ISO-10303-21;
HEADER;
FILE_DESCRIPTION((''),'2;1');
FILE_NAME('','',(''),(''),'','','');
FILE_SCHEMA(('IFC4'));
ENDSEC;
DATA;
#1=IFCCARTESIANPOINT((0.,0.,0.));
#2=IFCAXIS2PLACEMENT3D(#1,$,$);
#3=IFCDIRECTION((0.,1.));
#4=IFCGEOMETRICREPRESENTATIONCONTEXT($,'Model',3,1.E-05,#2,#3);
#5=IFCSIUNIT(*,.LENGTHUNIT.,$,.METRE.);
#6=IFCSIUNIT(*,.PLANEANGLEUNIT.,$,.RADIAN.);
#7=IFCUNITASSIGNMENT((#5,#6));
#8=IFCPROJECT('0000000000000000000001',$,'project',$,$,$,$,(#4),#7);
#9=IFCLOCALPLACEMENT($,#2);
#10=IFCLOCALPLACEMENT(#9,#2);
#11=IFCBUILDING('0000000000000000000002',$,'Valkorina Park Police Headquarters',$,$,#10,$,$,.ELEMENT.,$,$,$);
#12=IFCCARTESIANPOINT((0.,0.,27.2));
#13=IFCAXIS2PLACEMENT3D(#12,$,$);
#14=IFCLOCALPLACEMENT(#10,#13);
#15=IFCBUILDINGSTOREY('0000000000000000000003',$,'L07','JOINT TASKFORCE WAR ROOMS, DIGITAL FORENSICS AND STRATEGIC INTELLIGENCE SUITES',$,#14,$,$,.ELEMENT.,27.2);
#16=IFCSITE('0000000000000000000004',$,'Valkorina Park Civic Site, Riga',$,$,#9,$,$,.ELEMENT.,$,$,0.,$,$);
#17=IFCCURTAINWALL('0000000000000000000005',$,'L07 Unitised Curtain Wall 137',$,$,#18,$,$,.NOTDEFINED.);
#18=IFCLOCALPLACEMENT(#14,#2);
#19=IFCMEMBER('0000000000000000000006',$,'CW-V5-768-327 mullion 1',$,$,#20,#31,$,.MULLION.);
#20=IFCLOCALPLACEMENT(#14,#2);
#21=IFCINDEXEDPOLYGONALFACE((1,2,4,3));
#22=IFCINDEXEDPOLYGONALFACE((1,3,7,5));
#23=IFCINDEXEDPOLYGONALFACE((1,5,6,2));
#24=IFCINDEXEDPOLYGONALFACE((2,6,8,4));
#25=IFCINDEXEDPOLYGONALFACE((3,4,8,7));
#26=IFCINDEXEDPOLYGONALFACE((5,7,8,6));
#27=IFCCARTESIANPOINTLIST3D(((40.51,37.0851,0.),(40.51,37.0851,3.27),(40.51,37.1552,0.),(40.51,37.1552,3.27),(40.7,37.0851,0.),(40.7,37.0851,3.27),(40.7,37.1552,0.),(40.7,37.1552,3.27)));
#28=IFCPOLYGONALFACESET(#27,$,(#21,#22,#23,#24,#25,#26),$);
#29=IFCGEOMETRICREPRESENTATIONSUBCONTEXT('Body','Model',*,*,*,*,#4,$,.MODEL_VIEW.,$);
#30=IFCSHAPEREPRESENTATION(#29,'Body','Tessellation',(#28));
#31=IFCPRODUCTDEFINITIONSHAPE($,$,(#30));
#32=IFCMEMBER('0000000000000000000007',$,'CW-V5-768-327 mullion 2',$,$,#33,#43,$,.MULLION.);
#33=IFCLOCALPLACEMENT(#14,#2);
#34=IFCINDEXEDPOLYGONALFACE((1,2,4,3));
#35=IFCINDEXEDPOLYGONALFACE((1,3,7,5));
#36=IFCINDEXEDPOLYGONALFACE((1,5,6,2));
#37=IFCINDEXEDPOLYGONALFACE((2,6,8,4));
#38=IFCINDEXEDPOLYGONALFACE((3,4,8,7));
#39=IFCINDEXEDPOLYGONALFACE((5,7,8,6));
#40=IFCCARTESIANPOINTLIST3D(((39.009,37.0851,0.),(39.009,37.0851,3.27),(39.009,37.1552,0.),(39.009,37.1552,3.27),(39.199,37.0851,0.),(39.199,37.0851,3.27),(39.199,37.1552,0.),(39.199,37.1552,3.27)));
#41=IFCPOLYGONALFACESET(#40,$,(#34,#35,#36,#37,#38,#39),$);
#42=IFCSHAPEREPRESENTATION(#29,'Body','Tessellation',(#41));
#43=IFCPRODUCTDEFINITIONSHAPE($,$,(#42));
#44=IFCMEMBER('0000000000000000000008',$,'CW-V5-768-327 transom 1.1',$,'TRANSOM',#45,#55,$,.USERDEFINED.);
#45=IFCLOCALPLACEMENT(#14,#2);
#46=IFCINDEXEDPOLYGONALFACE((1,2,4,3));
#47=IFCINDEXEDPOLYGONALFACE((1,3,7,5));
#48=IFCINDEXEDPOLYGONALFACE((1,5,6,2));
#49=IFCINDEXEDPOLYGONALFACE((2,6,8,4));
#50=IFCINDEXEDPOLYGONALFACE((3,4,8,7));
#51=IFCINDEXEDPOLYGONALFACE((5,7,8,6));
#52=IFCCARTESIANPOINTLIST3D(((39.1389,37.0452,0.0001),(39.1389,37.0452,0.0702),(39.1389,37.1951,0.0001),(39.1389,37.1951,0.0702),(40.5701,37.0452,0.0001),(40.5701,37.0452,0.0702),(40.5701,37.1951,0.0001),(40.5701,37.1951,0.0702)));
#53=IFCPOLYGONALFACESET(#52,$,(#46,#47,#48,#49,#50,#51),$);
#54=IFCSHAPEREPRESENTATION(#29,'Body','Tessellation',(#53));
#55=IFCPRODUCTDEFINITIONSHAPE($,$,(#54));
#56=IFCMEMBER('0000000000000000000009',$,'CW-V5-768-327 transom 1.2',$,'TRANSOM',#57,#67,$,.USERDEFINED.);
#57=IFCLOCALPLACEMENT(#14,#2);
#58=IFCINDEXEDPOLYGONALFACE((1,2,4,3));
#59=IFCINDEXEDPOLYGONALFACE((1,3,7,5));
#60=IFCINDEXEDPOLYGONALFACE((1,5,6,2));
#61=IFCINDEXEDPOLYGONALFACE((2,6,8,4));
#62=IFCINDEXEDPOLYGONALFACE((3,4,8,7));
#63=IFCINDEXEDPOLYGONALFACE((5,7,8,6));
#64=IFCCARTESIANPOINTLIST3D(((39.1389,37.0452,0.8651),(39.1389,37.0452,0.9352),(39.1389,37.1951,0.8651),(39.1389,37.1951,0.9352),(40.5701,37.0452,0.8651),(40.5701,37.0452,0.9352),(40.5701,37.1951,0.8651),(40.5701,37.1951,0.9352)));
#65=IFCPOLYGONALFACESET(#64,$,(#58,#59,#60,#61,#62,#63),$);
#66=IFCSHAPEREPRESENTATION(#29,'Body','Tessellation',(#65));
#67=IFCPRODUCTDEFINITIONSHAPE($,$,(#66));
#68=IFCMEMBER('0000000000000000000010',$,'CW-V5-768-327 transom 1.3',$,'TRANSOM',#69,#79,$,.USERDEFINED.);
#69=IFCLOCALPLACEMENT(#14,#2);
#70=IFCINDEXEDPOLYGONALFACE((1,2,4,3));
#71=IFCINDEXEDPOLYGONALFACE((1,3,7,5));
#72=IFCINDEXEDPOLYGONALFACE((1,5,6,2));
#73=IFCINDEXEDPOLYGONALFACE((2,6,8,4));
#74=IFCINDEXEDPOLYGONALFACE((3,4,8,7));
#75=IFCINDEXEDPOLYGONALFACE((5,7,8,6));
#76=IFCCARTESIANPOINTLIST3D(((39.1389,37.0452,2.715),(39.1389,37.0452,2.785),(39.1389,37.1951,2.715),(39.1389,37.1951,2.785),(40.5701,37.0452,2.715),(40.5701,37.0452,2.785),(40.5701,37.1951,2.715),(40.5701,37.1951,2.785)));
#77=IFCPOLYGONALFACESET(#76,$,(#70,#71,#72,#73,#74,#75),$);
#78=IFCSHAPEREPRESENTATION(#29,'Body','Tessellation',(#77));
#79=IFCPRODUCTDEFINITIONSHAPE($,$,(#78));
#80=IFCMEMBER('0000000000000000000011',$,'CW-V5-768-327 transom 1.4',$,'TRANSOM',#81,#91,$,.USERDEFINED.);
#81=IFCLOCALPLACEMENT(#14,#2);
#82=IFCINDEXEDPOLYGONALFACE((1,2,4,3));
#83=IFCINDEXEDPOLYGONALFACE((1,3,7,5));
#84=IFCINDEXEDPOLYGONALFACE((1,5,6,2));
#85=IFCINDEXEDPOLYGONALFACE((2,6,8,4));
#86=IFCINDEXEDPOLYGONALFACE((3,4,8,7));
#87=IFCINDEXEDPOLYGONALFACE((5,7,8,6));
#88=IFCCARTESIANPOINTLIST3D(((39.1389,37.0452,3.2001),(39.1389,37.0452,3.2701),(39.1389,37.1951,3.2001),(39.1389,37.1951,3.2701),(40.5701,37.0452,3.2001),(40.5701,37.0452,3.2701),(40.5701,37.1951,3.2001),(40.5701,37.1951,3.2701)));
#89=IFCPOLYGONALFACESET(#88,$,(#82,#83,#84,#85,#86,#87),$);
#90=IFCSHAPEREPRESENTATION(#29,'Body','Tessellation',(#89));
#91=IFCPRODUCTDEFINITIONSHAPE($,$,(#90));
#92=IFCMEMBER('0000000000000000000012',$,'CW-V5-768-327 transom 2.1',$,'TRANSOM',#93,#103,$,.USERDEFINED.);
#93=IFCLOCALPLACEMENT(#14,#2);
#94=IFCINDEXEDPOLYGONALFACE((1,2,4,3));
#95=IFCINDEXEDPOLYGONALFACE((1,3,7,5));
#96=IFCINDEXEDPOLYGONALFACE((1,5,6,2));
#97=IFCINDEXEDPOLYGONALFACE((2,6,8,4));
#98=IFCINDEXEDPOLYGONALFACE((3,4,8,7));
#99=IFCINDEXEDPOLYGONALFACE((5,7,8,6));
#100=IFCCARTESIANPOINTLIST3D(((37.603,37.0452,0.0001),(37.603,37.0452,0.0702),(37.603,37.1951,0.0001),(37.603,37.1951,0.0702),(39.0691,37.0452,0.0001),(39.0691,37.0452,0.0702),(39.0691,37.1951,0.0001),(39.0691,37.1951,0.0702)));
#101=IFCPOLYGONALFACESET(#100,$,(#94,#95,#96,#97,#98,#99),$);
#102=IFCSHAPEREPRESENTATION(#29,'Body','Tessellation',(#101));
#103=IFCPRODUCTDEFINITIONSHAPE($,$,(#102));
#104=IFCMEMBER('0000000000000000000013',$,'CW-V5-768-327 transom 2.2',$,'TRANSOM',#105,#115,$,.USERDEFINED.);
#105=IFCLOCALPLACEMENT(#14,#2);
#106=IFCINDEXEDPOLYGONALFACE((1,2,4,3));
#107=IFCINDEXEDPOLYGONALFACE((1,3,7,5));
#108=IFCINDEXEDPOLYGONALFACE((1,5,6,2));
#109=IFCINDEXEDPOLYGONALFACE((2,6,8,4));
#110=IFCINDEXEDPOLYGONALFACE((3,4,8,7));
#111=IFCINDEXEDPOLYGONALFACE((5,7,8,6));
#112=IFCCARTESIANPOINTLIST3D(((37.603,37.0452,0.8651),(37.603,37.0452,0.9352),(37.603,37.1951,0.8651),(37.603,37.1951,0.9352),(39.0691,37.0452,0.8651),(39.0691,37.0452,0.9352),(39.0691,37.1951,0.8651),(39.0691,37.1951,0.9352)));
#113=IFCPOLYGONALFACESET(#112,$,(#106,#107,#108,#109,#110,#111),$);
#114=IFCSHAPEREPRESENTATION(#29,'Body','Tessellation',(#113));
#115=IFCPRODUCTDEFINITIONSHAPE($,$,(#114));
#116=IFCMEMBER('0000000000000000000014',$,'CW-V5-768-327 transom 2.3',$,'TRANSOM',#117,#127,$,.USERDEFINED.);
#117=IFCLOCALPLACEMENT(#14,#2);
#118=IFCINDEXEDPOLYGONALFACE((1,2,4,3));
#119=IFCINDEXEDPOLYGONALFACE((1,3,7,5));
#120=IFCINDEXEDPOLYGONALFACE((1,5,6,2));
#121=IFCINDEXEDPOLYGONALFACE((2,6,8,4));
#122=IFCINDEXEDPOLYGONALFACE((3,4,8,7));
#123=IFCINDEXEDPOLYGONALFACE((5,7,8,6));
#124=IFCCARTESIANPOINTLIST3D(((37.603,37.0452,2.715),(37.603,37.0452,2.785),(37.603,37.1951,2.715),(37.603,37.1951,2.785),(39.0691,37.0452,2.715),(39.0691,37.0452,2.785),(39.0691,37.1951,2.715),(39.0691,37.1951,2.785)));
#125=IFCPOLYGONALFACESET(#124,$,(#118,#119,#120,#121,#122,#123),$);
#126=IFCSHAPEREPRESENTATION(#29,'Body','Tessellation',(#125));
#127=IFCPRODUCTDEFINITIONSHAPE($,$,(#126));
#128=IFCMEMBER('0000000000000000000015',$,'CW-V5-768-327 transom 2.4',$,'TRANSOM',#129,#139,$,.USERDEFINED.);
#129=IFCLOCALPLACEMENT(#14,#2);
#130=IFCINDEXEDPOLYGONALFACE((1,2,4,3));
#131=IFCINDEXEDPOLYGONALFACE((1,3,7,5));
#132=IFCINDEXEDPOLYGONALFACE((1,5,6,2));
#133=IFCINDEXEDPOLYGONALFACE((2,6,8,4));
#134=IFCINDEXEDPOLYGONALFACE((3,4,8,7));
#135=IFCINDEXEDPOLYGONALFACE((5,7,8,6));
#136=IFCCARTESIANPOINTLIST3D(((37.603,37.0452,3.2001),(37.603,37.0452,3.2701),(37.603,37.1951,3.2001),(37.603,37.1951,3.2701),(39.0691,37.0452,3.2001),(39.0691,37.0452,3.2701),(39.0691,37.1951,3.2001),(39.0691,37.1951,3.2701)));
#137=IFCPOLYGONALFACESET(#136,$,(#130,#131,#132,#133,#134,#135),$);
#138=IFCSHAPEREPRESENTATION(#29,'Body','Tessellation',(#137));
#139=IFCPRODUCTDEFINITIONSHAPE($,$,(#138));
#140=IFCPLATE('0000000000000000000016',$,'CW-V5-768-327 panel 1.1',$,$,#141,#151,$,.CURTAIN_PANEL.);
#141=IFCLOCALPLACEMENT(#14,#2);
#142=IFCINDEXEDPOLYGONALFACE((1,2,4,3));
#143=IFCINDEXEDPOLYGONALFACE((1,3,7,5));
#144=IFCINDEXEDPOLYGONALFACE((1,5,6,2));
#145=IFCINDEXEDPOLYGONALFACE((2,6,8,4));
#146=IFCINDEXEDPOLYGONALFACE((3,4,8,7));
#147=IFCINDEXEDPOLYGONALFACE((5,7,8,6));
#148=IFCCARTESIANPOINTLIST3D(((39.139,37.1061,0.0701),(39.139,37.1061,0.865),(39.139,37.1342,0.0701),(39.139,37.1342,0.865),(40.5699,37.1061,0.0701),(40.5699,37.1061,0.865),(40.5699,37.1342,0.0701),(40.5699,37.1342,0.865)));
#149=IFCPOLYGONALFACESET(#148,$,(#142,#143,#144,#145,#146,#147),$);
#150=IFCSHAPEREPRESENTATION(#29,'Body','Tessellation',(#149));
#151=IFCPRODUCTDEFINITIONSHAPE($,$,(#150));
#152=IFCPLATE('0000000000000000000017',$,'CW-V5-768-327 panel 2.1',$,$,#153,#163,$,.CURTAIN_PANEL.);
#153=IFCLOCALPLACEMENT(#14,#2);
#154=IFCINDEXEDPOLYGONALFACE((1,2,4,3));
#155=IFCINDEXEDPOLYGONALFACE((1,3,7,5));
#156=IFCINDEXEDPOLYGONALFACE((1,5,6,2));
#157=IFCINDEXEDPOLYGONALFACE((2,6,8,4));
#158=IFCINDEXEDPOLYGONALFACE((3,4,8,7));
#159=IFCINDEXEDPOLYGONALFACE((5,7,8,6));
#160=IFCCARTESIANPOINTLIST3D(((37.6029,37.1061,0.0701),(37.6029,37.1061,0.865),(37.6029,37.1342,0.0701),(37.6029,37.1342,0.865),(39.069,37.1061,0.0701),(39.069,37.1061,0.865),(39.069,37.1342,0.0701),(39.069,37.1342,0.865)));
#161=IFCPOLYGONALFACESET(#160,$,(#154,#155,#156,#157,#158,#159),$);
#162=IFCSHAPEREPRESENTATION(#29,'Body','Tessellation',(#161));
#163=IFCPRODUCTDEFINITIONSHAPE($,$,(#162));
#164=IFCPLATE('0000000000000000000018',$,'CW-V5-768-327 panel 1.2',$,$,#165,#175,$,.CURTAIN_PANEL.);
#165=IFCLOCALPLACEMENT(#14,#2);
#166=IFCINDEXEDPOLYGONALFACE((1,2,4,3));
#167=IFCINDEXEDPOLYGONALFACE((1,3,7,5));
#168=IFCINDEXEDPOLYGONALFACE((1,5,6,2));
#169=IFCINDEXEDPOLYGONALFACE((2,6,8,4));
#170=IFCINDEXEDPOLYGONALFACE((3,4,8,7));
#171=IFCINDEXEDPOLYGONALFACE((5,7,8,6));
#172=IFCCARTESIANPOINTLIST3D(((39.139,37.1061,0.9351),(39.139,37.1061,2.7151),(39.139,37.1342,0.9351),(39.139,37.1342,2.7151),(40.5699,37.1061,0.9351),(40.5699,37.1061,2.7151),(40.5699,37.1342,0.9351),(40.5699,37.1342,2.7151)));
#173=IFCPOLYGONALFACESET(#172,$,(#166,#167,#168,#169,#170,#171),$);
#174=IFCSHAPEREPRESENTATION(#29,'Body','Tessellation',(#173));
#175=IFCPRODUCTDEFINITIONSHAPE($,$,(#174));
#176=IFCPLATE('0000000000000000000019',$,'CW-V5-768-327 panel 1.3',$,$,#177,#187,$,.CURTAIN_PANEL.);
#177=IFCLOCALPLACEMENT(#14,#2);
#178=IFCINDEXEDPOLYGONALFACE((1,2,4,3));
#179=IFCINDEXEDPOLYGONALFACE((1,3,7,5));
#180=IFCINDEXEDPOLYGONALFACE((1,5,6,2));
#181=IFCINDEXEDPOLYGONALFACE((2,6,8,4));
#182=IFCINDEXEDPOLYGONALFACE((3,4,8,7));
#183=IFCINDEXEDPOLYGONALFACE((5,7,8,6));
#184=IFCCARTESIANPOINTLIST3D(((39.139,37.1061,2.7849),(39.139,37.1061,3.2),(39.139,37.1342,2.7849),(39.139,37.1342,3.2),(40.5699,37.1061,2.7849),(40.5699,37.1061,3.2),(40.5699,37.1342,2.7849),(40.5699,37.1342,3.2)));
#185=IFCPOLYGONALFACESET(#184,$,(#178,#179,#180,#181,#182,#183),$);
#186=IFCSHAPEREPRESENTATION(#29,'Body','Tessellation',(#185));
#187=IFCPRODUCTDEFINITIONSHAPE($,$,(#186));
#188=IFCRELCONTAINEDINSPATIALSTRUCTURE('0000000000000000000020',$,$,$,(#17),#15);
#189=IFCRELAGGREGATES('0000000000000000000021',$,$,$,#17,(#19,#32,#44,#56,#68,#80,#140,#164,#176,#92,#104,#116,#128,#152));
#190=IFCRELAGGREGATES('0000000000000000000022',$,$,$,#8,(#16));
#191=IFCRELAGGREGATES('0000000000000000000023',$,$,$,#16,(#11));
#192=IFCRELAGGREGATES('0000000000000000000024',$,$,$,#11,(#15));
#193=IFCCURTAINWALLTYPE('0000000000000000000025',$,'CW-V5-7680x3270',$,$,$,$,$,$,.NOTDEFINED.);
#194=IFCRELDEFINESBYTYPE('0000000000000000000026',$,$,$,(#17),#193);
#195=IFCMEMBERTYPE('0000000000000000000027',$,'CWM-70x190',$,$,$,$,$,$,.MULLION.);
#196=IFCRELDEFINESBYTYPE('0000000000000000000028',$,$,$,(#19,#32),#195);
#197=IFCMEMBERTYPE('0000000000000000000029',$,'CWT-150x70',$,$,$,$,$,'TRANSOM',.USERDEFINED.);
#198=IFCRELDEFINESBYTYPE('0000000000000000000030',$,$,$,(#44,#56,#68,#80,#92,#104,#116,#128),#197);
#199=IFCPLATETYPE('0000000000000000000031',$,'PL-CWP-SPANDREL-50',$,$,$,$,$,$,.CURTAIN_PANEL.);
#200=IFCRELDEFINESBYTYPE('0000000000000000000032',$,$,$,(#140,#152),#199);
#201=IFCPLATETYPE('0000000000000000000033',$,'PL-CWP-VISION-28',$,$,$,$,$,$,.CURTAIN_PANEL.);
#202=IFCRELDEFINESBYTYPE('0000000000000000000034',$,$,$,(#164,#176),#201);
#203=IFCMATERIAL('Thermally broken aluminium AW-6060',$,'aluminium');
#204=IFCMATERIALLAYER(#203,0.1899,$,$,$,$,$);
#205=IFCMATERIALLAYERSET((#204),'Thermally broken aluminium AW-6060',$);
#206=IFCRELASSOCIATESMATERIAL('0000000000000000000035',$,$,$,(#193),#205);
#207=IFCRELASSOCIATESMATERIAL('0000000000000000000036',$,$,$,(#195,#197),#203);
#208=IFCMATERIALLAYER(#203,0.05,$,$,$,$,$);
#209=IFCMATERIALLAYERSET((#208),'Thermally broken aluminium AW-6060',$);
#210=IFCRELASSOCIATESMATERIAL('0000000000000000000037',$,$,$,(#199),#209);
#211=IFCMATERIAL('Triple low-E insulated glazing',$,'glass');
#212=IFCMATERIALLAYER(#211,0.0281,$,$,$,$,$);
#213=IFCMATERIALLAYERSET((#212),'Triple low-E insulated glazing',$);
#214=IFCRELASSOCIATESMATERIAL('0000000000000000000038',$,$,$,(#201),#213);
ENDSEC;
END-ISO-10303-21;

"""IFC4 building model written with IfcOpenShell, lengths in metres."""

from ifc_helpers import new_model, si_unit, direction, frame, origin, origin_2d, place, context, subcontext, project, spatial, rectangle, extrude, material, layer, layer_set, material_profile, profile_set, type_object, element, aggregate, save


model = new_model("IFC4")

# Units and contexts
model_context = context("Model", 3, precision=1e-05, world=origin(), true_north=direction((0.0, 1.0)))
body_context = subcontext(model_context, "Body", "Model", "MODEL_VIEW")
ifc_project = project(units=[si_unit("LENGTHUNIT", "METRE"), si_unit("PLANEANGLEUNIT", "RADIAN")], contexts=[model_context])

# Site, building, storey
site_placement = place(None, origin())
site = spatial("IfcSite", under=ifc_project, at=site_placement, Name="Valkorina Park Civic Site, Riga", CompositionType="ELEMENT", RefElevation=0.0)
building_placement = place(site_placement, origin())
building = spatial("IfcBuilding", under=site, at=building_placement, Name="Valkorina Park Police Headquarters", CompositionType="ELEMENT")
storey_placement = place(building_placement, frame((0.0, 0.0, 27.2)))
storey = spatial("IfcBuildingStorey", under=building, at=storey_placement, Name="L07", Description="JOINT TASKFORCE WAR ROOMS, DIGITAL FORENSICS AND STRATEGIC INTELLIGENCE SUITES", CompositionType="ELEMENT", Elevation=27.2)

# Curtain wall, members, plates
ifc_material_1 = material(Name="Thermally broken aluminium AW-6060", Category="aluminium")
ifc_layer_1 = layer(ifc_material_1, 0.1899)
ifc_layer_set_1 = layer_set([ifc_layer_1], Name="Thermally broken aluminium AW-6060")
curtain_wall_type = type_object("IfcCurtainWallType", Name="CW-V5-7680x3270", PredefinedType="NOTDEFINED", material=ifc_layer_set_1)
curtain_wall_placement = place(storey_placement, origin())
curtain_wall = element("IfcCurtainWall", 1, at=curtain_wall_placement, inside=storey, type_object=curtain_wall_type, Name="L07 Unitised Curtain Wall 137", PredefinedType="NOTDEFINED")
ifc_material_profile_1 = material_profile(ifc_material_1, rectangle(XDim=0.0701, YDim=0.1899, at=origin_2d()), Name="CWM-02 70x190")
ifc_profile_set_1 = profile_set([ifc_material_profile_1], Name="Thermally broken aluminium AW-6060")
member_type_1 = type_object("IfcMemberType", Name="CWM-70x190", PredefinedType="MULLION", material=ifc_profile_set_1)
member_1_placement = place(storey_placement, frame((40.605, 37.1201, 0.0), z_axis=(0.0, 0.0, 1.0), x_axis=(0.0, -1.0, 0.0)))
member_1 = element("IfcMember", 2, at=member_1_placement, type_object=member_type_1, Name="CW-V5-768-327 mullion 1", PredefinedType="MULLION", context=body_context, shape_type="SweptSolid", body=[
    extrude(rectangle(XDim=0.0701, YDim=0.1899, at=origin_2d()), origin(), (0.0, 0.0, 1.0), 3.27),
])
member_2_placement = place(storey_placement, frame((39.104, 37.1201, 0.0), z_axis=(0.0, 0.0, 1.0), x_axis=(0.0, -1.0, 0.0)))
member_2 = element("IfcMember", 3, at=member_2_placement, type_object=member_type_1, Name="CW-V5-768-327 mullion 2", PredefinedType="MULLION", context=body_context, shape_type="SweptSolid", body=[
    extrude(rectangle(XDim=0.0701, YDim=0.1899, at=origin_2d()), origin(), (0.0, 0.0, 1.0), 3.27),
])
ifc_material_profile_2 = material_profile(ifc_material_1, rectangle(XDim=0.1499, YDim=0.0701, at=origin_2d()), Name="CWT-02 150x70")
ifc_profile_set_2 = profile_set([ifc_material_profile_2], Name="Thermally broken aluminium AW-6060")
member_type_2 = type_object("IfcMemberType", Name="CWT-150x70", ElementType="TRANSOM", PredefinedType="USERDEFINED", material=ifc_profile_set_2)
member_3_placement = place(storey_placement, frame((40.5701, 37.1201, 0.0352), z_axis=(-1.0, 0.0, 0.0), x_axis=(0.0, -1.0, 0.0)))
member_3 = element("IfcMember", 4, at=member_3_placement, type_object=member_type_2, Name="CW-V5-768-327 transom 1.1", ObjectType="TRANSOM", PredefinedType="USERDEFINED", context=body_context, shape_type="SweptSolid", body=[
    extrude(rectangle(XDim=0.1499, YDim=0.0701, at=origin_2d()), origin(), (0.0, 0.0, 1.0), 1.4312),
])
member_4_placement = place(storey_placement, frame((40.5701, 37.1201, 0.9001), z_axis=(-1.0, 0.0, 0.0), x_axis=(0.0, -1.0, 0.0)))
member_4 = element("IfcMember", 5, at=member_4_placement, type_object=member_type_2, Name="CW-V5-768-327 transom 1.2", ObjectType="TRANSOM", PredefinedType="USERDEFINED", context=body_context, shape_type="SweptSolid", body=[
    extrude(rectangle(XDim=0.1499, YDim=0.0701, at=origin_2d()), origin(), (0.0, 0.0, 1.0), 1.4312),
])
member_5_placement = place(storey_placement, frame((40.5701, 37.1201, 2.75), z_axis=(-1.0, 0.0, 0.0), x_axis=(0.0, -1.0, 0.0)))
member_5 = element("IfcMember", 6, at=member_5_placement, type_object=member_type_2, Name="CW-V5-768-327 transom 1.3", ObjectType="TRANSOM", PredefinedType="USERDEFINED", context=body_context, shape_type="SweptSolid", body=[
    extrude(rectangle(XDim=0.1499, YDim=0.0701, at=origin_2d()), origin(), (0.0, 0.0, 1.0), 1.4312),
])
member_6_placement = place(storey_placement, frame((40.5701, 37.1201, 3.2351), z_axis=(-1.0, 0.0, 0.0), x_axis=(0.0, -1.0, 0.0)))
member_6 = element("IfcMember", 7, at=member_6_placement, type_object=member_type_2, Name="CW-V5-768-327 transom 1.4", ObjectType="TRANSOM", PredefinedType="USERDEFINED", context=body_context, shape_type="SweptSolid", body=[
    extrude(rectangle(XDim=0.1499, YDim=0.0701, at=origin_2d()), origin(), (0.0, 0.0, 1.0), 1.4312),
])
member_7_placement = place(storey_placement, frame((39.0691, 37.1201, 0.0352), z_axis=(-1.0, 0.0, 0.0), x_axis=(0.0, -1.0, 0.0)))
member_7 = element("IfcMember", 8, at=member_7_placement, type_object=member_type_2, Name="CW-V5-768-327 transom 2.1", ObjectType="TRANSOM", PredefinedType="USERDEFINED", context=body_context, shape_type="SweptSolid", body=[
    extrude(rectangle(XDim=0.1499, YDim=0.0701, at=origin_2d()), origin(), (0.0, 0.0, 1.0), 1.4661),
])
member_8_placement = place(storey_placement, frame((39.0691, 37.1201, 0.9001), z_axis=(-1.0, 0.0, 0.0), x_axis=(0.0, -1.0, 0.0)))
member_8 = element("IfcMember", 9, at=member_8_placement, type_object=member_type_2, Name="CW-V5-768-327 transom 2.2", ObjectType="TRANSOM", PredefinedType="USERDEFINED", context=body_context, shape_type="SweptSolid", body=[
    extrude(rectangle(XDim=0.1499, YDim=0.0701, at=origin_2d()), origin(), (0.0, 0.0, 1.0), 1.4661),
])
member_9_placement = place(storey_placement, frame((39.0691, 37.1201, 2.75), z_axis=(-1.0, 0.0, 0.0), x_axis=(0.0, -1.0, 0.0)))
member_9 = element("IfcMember", 10, at=member_9_placement, type_object=member_type_2, Name="CW-V5-768-327 transom 2.3", ObjectType="TRANSOM", PredefinedType="USERDEFINED", context=body_context, shape_type="SweptSolid", body=[
    extrude(rectangle(XDim=0.1499, YDim=0.0701, at=origin_2d()), origin(), (0.0, 0.0, 1.0), 1.4661),
])
member_10_placement = place(storey_placement, frame((39.0691, 37.1201, 3.2351), z_axis=(-1.0, 0.0, 0.0), x_axis=(0.0, -1.0, 0.0)))
member_10 = element("IfcMember", 11, at=member_10_placement, type_object=member_type_2, Name="CW-V5-768-327 transom 2.4", ObjectType="TRANSOM", PredefinedType="USERDEFINED", context=body_context, shape_type="SweptSolid", body=[
    extrude(rectangle(XDim=0.1499, YDim=0.0701, at=origin_2d()), origin(), (0.0, 0.0, 1.0), 1.4661),
])
ifc_layer_2 = layer(ifc_material_1, 0.05)
ifc_layer_set_2 = layer_set([ifc_layer_2], Name="Thermally broken aluminium AW-6060")
plate_type_1 = type_object("IfcPlateType", Name="PL-CWP-SPANDREL-50", PredefinedType="CURTAIN_PANEL", material=ifc_layer_set_2)
plate_1_placement = place(storey_placement, frame((39.8545, 37.1201, 0.0701), z_axis=(0.0, 0.0, 1.0), x_axis=(-1.0, 0.0, 0.0)))
plate_1 = element("IfcPlate", 12, at=plate_1_placement, type_object=plate_type_1, Name="CW-V5-768-327 panel 1.1", PredefinedType="CURTAIN_PANEL", context=body_context, shape_type="SweptSolid", body=[
    extrude(rectangle(XDim=1.4309, YDim=0.0281, at=origin_2d()), origin(), (0.0, 0.0, 1.0), 0.7949),
])
plate_2_placement = place(storey_placement, frame((38.3359, 37.1201, 0.0701), z_axis=(0.0, 0.0, 1.0), x_axis=(-1.0, 0.0, 0.0)))
plate_2 = element("IfcPlate", 13, at=plate_2_placement, type_object=plate_type_1, Name="CW-V5-768-327 panel 2.1", PredefinedType="CURTAIN_PANEL", context=body_context, shape_type="SweptSolid", body=[
    extrude(rectangle(XDim=1.4661, YDim=0.0281, at=origin_2d()), origin(), (0.0, 0.0, 1.0), 0.7949),
])
ifc_material_2 = material(Name="Triple low-E insulated glazing", Category="glass")
ifc_layer_3 = layer(ifc_material_2, 0.0281)
ifc_layer_set_3 = layer_set([ifc_layer_3], Name="Triple low-E insulated glazing")
plate_type_2 = type_object("IfcPlateType", Name="PL-CWP-VISION-28", PredefinedType="CURTAIN_PANEL", material=ifc_layer_set_3)
plate_3_placement = place(storey_placement, frame((39.8545, 37.1201, 0.9351), z_axis=(0.0, 0.0, 1.0), x_axis=(-1.0, 0.0, 0.0)))
plate_3 = element("IfcPlate", 14, at=plate_3_placement, type_object=plate_type_2, Name="CW-V5-768-327 panel 1.2", PredefinedType="CURTAIN_PANEL", context=body_context, shape_type="SweptSolid", body=[
    extrude(rectangle(XDim=1.4309, YDim=0.0281, at=origin_2d()), origin(), (0.0, 0.0, 1.0), 1.78),
])
plate_4_placement = place(storey_placement, frame((39.8545, 37.1201, 2.7849), z_axis=(0.0, 0.0, 1.0), x_axis=(-1.0, 0.0, 0.0)))
plate_4 = element("IfcPlate", 15, at=plate_4_placement, type_object=plate_type_2, Name="CW-V5-768-327 panel 1.3", PredefinedType="CURTAIN_PANEL", context=body_context, shape_type="SweptSolid", body=[
    extrude(rectangle(XDim=1.4309, YDim=0.0281, at=origin_2d()), origin(), (0.0, 0.0, 1.0), 0.415),
])
aggregate(curtain_wall, [member_1, member_2, member_3, member_4, member_5, member_6, plate_1, plate_3, plate_4, member_7, member_8, member_9, member_10, plate_2])

save(model, "model.ifc")
